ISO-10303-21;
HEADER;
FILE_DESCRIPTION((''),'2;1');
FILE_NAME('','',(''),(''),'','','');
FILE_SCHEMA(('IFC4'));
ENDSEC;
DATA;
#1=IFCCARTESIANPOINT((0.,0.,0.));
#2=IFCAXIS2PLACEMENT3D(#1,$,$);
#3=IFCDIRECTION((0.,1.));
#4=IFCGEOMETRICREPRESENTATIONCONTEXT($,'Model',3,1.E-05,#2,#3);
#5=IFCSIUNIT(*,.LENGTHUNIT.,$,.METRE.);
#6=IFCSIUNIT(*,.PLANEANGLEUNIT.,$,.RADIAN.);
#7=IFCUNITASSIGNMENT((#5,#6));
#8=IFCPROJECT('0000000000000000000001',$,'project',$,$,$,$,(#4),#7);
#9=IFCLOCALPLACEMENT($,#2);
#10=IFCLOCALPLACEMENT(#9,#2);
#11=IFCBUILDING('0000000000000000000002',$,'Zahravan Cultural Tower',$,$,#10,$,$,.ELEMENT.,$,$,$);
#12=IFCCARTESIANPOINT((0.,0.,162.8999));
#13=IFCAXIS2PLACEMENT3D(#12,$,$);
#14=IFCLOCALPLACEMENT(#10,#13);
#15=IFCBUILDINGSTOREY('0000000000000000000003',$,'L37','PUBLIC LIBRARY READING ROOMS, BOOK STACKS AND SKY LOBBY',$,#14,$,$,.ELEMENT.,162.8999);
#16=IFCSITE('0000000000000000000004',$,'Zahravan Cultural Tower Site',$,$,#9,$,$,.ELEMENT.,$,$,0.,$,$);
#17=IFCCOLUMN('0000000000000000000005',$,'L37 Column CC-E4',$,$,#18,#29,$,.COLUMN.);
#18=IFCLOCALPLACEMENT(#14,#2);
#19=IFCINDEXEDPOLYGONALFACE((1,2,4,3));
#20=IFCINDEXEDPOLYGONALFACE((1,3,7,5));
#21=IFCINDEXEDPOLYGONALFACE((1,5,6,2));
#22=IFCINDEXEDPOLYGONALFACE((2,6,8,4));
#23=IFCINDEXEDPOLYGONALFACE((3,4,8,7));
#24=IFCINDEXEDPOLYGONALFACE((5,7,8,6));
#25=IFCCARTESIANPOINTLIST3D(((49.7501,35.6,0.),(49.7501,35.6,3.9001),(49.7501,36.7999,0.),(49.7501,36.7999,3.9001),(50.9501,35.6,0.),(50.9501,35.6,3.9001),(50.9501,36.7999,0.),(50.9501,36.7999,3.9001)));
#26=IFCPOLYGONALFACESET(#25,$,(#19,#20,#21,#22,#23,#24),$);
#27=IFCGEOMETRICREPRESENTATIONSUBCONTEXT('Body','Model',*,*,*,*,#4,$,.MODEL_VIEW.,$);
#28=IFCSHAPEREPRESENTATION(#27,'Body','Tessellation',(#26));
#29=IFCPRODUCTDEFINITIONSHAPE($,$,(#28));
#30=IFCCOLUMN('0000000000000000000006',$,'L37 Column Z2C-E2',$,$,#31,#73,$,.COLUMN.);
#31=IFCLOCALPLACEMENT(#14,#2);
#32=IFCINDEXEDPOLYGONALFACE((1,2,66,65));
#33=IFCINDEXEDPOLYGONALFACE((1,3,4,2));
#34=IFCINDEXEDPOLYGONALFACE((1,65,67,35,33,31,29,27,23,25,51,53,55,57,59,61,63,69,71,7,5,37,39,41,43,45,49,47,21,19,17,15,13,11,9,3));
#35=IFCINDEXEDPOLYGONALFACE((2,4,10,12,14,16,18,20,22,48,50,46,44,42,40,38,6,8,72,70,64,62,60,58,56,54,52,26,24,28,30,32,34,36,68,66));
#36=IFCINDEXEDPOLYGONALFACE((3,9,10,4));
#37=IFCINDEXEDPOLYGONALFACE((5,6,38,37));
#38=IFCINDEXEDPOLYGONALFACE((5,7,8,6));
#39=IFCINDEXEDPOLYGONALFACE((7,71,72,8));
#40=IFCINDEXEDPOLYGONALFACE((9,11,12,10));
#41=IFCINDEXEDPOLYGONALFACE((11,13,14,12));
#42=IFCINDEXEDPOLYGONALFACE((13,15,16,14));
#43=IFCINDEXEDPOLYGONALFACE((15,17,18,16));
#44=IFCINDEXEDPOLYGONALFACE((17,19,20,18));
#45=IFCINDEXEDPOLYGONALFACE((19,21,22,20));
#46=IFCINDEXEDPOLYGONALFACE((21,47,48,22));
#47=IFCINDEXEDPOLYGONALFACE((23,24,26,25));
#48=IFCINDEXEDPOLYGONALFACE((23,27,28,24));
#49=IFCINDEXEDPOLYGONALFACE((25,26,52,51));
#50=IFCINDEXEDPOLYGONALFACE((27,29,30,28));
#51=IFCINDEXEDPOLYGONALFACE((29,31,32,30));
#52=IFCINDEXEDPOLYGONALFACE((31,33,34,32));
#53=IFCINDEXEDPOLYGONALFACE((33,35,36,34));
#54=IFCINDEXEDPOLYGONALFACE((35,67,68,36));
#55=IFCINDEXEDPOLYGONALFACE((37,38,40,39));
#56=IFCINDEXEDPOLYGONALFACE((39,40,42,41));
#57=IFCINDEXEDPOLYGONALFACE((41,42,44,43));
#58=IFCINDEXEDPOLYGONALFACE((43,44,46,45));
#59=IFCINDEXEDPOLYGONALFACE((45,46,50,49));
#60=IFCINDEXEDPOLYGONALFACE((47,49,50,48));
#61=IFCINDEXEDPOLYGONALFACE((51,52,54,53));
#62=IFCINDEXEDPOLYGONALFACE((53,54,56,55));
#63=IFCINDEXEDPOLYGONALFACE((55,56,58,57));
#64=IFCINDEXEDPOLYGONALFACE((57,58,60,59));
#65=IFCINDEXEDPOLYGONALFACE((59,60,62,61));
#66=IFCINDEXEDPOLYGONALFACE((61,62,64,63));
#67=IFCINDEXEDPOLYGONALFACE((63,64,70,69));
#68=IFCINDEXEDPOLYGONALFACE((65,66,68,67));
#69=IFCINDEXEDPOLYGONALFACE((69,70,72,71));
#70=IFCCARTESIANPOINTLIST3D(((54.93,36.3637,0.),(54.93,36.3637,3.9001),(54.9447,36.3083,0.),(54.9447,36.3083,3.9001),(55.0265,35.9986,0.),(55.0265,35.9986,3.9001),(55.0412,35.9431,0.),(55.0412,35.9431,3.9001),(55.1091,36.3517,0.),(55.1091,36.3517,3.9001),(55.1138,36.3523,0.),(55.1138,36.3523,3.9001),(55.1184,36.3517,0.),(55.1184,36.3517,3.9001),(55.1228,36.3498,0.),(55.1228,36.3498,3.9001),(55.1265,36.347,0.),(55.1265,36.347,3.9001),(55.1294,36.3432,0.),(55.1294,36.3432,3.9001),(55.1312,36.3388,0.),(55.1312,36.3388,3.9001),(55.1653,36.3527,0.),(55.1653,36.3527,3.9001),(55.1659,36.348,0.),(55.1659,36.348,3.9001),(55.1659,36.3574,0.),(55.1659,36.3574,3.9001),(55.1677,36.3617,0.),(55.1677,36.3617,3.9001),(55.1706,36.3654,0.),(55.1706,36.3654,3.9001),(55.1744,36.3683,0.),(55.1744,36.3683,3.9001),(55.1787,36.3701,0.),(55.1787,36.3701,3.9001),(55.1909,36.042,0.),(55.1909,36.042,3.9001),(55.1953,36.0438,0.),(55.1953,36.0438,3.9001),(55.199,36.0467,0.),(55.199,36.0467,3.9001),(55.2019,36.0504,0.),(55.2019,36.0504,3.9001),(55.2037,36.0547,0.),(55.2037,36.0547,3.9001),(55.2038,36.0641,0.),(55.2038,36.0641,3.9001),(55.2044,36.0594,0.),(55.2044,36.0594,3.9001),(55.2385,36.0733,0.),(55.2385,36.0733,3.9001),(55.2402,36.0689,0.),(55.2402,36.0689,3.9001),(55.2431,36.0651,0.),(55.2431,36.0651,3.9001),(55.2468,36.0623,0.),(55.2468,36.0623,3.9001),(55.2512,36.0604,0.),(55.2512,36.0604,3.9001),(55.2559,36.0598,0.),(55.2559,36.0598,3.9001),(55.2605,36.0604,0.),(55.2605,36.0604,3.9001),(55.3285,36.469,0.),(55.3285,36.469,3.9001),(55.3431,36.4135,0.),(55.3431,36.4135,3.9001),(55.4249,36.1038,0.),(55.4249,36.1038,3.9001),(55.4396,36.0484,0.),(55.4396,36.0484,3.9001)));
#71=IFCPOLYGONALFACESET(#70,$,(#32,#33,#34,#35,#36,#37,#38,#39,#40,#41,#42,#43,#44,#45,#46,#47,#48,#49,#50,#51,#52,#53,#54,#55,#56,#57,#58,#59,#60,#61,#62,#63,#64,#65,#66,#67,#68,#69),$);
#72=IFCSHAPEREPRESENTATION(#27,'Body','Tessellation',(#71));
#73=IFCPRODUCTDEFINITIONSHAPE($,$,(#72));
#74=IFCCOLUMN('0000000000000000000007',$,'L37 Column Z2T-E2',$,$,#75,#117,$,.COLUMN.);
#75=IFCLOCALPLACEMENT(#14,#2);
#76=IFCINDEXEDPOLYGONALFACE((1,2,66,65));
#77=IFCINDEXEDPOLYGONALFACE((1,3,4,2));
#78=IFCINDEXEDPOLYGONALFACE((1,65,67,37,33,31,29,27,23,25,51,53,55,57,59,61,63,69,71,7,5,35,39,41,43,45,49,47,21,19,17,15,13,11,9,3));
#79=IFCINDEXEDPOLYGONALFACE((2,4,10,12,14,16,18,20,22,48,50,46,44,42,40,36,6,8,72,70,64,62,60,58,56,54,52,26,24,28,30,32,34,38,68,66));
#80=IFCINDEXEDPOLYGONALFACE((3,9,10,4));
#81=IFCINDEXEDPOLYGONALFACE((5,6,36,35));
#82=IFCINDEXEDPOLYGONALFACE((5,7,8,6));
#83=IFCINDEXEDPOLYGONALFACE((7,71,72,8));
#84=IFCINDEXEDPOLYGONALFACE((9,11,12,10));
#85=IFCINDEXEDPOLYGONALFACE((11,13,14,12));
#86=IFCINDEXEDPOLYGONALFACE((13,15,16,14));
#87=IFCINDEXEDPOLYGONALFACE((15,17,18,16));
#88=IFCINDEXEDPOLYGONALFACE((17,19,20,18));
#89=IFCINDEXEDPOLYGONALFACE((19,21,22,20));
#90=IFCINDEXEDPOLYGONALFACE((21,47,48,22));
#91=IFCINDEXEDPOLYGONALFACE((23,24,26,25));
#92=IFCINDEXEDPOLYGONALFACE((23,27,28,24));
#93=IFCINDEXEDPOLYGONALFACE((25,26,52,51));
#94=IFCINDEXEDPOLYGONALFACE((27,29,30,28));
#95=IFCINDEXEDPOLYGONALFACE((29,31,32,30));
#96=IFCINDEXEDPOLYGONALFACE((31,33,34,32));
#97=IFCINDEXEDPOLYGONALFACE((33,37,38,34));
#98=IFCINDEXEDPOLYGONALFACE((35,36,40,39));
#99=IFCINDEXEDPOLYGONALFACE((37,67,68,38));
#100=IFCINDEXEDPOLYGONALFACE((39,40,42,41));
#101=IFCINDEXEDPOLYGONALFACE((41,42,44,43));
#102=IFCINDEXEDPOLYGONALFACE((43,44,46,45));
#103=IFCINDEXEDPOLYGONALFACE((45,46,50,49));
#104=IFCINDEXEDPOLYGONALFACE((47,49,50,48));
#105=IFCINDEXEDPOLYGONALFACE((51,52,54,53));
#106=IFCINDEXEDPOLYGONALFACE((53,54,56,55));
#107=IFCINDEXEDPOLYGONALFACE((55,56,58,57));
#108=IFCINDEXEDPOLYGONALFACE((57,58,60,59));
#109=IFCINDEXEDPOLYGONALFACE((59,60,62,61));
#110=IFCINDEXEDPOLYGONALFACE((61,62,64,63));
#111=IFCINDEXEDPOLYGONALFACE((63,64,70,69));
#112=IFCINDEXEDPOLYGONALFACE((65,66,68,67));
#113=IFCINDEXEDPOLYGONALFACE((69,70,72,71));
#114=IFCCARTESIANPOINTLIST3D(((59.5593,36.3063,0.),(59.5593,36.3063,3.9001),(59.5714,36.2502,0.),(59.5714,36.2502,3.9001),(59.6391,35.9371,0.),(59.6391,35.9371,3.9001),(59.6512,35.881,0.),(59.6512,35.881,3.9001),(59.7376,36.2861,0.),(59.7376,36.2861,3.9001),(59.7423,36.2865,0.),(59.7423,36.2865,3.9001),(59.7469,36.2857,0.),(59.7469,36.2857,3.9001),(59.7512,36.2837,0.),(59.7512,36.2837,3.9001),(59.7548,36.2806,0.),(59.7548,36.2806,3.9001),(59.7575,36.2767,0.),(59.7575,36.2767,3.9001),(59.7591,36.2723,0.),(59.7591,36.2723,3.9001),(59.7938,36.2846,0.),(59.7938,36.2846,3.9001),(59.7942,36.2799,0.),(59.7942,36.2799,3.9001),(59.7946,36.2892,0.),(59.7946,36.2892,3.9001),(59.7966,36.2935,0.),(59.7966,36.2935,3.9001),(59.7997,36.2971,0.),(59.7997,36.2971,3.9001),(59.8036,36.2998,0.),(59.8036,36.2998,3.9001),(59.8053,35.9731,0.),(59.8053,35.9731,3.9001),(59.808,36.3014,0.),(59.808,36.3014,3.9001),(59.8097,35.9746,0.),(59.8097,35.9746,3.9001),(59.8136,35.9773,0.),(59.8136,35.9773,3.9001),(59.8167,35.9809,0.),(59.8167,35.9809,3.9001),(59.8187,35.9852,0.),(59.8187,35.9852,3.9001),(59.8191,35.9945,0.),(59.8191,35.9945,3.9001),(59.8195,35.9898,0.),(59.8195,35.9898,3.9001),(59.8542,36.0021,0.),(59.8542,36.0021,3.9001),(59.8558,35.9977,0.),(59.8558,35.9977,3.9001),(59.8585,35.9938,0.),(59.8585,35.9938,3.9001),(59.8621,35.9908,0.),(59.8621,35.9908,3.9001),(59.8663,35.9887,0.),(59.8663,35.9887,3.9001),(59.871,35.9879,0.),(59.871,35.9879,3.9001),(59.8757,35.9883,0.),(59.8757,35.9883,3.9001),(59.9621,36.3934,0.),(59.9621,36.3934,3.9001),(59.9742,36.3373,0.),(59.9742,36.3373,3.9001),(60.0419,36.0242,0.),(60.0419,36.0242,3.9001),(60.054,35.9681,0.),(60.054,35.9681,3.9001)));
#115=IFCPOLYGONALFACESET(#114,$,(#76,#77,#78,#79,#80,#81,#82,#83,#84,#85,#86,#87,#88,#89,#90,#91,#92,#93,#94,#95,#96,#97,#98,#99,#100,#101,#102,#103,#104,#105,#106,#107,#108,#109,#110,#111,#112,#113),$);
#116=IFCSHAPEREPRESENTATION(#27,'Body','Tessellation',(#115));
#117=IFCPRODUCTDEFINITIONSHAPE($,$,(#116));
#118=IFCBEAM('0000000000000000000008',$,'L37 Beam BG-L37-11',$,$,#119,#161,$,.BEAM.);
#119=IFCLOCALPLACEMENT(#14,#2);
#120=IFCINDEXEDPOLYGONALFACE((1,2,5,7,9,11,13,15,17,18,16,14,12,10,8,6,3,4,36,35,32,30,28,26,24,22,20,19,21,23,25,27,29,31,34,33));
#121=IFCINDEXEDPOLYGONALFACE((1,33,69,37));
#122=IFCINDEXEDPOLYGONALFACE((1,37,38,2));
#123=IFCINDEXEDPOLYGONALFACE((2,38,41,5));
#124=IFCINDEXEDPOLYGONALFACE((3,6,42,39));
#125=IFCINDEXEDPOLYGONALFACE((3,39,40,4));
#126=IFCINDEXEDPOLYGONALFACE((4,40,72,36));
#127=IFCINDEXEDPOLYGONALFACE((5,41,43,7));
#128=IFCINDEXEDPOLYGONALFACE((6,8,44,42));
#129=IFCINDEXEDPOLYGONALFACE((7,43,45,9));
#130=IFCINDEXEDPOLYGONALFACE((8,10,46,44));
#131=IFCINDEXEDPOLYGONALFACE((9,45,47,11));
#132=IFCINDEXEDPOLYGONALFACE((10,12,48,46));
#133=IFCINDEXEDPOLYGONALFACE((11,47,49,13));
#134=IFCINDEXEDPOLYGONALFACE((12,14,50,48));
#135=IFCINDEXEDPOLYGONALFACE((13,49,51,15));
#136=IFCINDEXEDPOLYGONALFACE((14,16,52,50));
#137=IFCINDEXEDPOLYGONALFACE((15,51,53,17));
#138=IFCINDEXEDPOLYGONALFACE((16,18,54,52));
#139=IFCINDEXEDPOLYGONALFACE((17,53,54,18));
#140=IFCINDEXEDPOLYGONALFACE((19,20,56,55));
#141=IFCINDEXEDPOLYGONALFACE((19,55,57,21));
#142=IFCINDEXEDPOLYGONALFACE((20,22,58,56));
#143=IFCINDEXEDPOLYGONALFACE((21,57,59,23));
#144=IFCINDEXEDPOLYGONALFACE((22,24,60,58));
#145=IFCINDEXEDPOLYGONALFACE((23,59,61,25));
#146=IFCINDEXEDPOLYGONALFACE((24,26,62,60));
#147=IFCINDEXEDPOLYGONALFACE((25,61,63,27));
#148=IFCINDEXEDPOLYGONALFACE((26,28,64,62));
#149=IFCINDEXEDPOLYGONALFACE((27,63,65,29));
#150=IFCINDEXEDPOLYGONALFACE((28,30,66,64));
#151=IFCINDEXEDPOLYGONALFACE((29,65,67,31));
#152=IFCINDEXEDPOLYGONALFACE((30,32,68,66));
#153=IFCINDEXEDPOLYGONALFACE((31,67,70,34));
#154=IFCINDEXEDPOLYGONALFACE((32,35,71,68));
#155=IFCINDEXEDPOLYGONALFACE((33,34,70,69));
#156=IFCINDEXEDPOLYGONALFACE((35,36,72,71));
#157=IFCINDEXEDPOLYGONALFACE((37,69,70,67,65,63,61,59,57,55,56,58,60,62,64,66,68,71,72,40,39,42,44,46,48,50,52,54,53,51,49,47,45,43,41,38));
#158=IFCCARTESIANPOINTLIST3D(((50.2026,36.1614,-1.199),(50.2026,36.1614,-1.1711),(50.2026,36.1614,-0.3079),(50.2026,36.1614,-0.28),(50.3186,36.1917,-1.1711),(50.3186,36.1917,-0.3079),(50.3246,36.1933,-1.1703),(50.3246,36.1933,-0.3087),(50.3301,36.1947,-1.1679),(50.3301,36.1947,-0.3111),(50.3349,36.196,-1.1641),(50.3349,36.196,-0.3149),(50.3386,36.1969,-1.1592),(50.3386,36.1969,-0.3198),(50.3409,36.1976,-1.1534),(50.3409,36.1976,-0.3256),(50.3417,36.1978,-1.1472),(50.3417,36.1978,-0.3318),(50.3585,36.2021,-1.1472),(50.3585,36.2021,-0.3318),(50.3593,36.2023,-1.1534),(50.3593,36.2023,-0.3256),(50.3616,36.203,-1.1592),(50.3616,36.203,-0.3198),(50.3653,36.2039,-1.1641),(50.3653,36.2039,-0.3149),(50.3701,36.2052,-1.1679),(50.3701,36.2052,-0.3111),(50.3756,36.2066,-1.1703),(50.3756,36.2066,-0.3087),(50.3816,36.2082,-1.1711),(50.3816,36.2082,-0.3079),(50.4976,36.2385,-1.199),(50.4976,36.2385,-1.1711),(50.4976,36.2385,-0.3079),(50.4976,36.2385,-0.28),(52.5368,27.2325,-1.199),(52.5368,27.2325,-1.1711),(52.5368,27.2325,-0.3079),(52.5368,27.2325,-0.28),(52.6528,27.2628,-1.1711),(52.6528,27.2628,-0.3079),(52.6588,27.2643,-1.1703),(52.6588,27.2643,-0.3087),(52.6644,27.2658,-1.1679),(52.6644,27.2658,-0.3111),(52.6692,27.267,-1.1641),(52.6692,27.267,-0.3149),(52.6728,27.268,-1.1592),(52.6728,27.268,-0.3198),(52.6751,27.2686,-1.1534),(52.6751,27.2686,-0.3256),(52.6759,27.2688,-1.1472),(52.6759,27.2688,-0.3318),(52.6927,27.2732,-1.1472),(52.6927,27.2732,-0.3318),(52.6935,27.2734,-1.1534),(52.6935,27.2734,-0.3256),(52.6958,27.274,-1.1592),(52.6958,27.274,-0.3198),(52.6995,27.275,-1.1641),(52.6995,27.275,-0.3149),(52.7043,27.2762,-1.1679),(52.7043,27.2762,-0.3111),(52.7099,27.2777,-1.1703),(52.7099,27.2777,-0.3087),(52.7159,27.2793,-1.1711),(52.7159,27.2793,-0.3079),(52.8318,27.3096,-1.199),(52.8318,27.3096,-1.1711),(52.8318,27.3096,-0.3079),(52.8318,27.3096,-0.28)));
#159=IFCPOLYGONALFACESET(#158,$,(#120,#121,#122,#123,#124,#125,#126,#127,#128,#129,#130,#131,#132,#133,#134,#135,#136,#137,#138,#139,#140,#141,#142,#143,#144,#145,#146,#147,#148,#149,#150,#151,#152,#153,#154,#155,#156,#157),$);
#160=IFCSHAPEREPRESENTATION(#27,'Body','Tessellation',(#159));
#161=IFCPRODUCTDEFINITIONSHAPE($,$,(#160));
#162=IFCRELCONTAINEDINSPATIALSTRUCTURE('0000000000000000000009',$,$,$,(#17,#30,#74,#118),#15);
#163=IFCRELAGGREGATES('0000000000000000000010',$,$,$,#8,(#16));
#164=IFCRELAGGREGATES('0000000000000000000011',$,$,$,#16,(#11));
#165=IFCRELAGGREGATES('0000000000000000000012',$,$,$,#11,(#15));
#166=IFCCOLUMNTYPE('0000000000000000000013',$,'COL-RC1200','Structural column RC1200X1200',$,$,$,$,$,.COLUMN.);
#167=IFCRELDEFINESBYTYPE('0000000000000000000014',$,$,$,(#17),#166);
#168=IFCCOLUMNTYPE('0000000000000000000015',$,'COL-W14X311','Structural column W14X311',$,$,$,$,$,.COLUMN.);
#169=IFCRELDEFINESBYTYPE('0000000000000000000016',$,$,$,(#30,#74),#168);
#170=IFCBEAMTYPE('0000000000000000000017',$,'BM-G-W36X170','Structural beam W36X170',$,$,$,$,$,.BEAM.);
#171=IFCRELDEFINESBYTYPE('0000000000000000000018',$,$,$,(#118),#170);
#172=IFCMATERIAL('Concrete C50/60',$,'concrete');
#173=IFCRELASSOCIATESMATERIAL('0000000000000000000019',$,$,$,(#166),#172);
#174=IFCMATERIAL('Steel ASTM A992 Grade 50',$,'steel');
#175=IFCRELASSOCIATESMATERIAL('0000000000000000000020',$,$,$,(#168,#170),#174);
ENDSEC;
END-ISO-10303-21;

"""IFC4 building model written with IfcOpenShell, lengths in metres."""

from ifc_helpers import new_model, si_unit, direction, frame, origin, origin_2d, place, context, subcontext, project, spatial, rectangle, i_section, extrude, source, transform, mapped, material, material_profile, profile_set, type_object, element, save


model = new_model("IFC4")

# Units and contexts
model_context = context("Model", 3, precision=1e-05, world=origin(), true_north=direction((0.0, 1.0)))
body_context = subcontext(model_context, "Body", "Model", "MODEL_VIEW")
ifc_project = project(units=[si_unit("LENGTHUNIT", "METRE"), si_unit("PLANEANGLEUNIT", "RADIAN")], contexts=[model_context])

# Site, building, storey
site_placement = place(None, origin())
site = spatial("IfcSite", under=ifc_project, at=site_placement, Name="Zahravan Cultural Tower Site", CompositionType="ELEMENT", RefElevation=0.0)
building_placement = place(site_placement, origin())
building = spatial("IfcBuilding", under=site, at=building_placement, Name="Zahravan Cultural Tower", CompositionType="ELEMENT")
storey_placement = place(building_placement, frame((0.0, 0.0, 162.8999)))
storey = spatial("IfcBuildingStorey", under=building, at=storey_placement, Name="L37", Description="PUBLIC LIBRARY READING ROOMS, BOOK STACKS AND SKY LOBBY", CompositionType="ELEMENT", Elevation=162.8999)

# Columns
ifc_material_1 = material(Name="Concrete C50/60", Category="concrete")
ifc_material_profile_1 = material_profile(ifc_material_1, rectangle(XDim=1.2, YDim=1.2, at=origin_2d()), Name="RC1200X1200")
ifc_profile_set_1 = profile_set([ifc_material_profile_1], Name="Concrete C50/60")
column_type_1 = type_object("IfcColumnType", Name="COL-RC1200", Description="Structural column RC1200X1200", PredefinedType="COLUMN", material=ifc_profile_set_1)
shared_shape_1 = source(origin(), body_context, "Body", "SweptSolid", [
    extrude(rectangle(XDim=1.2, YDim=1.2, at=origin_2d()), origin(), (0.0, 0.0, 1.0), 3.9001),
])
column_placement = place(storey_placement, frame((50.3501, 36.2, 0.0), z_axis=(0.0, 0.0, 1.0), x_axis=(1.0, 0.0, 0.0)))
element("IfcColumn", 1, at=column_placement, inside=storey, type_object=column_type_1, Name="L37 Column CC-E4", PredefinedType="COLUMN", context=body_context, shape_type="MappedRepresentation", body=[
    mapped(shared_shape_1, transform((0.0, 0.0, 0.0), x_axis=(1.0, 0.0, 0.0), y_axis=(0.0, 1.0, 0.0), z_axis=(0.0, 0.0, 1.0), scale=1.0)),
])
ifc_material_2 = material(Name="Steel ASTM A992 Grade 50", Category="steel")
ifc_material_profile_2 = material_profile(ifc_material_2, i_section(OverallWidth=0.4121, OverallDepth=0.4351, WebThickness=0.0359, FlangeThickness=0.0574, FilletRadius=0.0181, at=origin_2d()), Name="W14X311")
ifc_profile_set_2 = profile_set([ifc_material_profile_2], Name="Steel ASTM A992 Grade 50")
column_type_2 = type_object("IfcColumnType", Name="COL-W14X311", Description="Structural column W14X311", PredefinedType="COLUMN", material=ifc_profile_set_2)
shared_shape_2 = source(origin(), body_context, "Body", "SweptSolid", [
    extrude(i_section(OverallWidth=0.4121, OverallDepth=0.4351, WebThickness=0.0359, FlangeThickness=0.0574, FilletRadius=0.0181, at=origin_2d()), origin(), (0.0, 0.0, 1.0), 3.9001),
])
for number, where, z_axis, x_axis, name in (
    (2, (55.1848, 36.2061, 0.0), (0.0, 0.0, 1.0), (0.966823, 0.255446, 0.0), "L37 Column Z2C-E2"),
    (3, (59.8066, 36.1372, 0.0), (0.0, 0.0, 1.0), (0.977416, 0.211325, 0.0), "L37 Column Z2T-E2"),
):
    element("IfcColumn", number, at=place(storey_placement, frame(where, z_axis=z_axis, x_axis=x_axis)), inside=storey, type_object=column_type_2, Name=name, PredefinedType="COLUMN", context=body_context, shape_type="MappedRepresentation", body=[
        mapped(shared_shape_2, transform((0.0, 0.0, 0.0), x_axis=(1.0, 0.0, 0.0), y_axis=(0.0, 1.0, 0.0), z_axis=(0.0, 0.0, 1.0), scale=1.0)),
    ])

# Beam
ifc_material_profile_3 = material_profile(ifc_material_2, i_section(OverallWidth=0.3049, OverallDepth=0.9189, WebThickness=0.0173, FlangeThickness=0.0278, FilletRadius=0.0239, at=origin_2d()), Name="W36X170")
ifc_profile_set_3 = profile_set([ifc_material_profile_3], Name="Steel ASTM A992 Grade 50")
beam_type_1 = type_object("IfcBeamType", Name="BM-G-W36X170", Description="Structural beam W36X170", PredefinedType="BEAM", material=ifc_profile_set_3)
shared_shape_3 = source(origin(), body_context, "Body", "SweptSolid", [
    extrude(i_section(OverallWidth=0.3049, OverallDepth=0.9189, WebThickness=0.0173, FlangeThickness=0.0278, FilletRadius=0.0239, at=origin_2d()), origin(), (0.0, 0.0, 1.0), 9.229),
])
beam_1_placement = place(storey_placement, frame((50.3501, 36.2, -0.7395), z_axis=(0.252923, -0.967487, 0.0), x_axis=(0.967487, 0.252923, 0.0)))
element("IfcBeam", 4, at=beam_1_placement, inside=storey, type_object=beam_type_1, Name="L37 Beam BG-L37-11", PredefinedType="BEAM", context=body_context, shape_type="MappedRepresentation", body=[
    mapped(shared_shape_3, transform((0.0, 0.0, 0.0), x_axis=(1.0, 0.0, 0.0), y_axis=(0.0, 1.0, 0.0), z_axis=(0.0, 0.0, 1.0), scale=1.0)),
])

save(model, "model.ifc")
